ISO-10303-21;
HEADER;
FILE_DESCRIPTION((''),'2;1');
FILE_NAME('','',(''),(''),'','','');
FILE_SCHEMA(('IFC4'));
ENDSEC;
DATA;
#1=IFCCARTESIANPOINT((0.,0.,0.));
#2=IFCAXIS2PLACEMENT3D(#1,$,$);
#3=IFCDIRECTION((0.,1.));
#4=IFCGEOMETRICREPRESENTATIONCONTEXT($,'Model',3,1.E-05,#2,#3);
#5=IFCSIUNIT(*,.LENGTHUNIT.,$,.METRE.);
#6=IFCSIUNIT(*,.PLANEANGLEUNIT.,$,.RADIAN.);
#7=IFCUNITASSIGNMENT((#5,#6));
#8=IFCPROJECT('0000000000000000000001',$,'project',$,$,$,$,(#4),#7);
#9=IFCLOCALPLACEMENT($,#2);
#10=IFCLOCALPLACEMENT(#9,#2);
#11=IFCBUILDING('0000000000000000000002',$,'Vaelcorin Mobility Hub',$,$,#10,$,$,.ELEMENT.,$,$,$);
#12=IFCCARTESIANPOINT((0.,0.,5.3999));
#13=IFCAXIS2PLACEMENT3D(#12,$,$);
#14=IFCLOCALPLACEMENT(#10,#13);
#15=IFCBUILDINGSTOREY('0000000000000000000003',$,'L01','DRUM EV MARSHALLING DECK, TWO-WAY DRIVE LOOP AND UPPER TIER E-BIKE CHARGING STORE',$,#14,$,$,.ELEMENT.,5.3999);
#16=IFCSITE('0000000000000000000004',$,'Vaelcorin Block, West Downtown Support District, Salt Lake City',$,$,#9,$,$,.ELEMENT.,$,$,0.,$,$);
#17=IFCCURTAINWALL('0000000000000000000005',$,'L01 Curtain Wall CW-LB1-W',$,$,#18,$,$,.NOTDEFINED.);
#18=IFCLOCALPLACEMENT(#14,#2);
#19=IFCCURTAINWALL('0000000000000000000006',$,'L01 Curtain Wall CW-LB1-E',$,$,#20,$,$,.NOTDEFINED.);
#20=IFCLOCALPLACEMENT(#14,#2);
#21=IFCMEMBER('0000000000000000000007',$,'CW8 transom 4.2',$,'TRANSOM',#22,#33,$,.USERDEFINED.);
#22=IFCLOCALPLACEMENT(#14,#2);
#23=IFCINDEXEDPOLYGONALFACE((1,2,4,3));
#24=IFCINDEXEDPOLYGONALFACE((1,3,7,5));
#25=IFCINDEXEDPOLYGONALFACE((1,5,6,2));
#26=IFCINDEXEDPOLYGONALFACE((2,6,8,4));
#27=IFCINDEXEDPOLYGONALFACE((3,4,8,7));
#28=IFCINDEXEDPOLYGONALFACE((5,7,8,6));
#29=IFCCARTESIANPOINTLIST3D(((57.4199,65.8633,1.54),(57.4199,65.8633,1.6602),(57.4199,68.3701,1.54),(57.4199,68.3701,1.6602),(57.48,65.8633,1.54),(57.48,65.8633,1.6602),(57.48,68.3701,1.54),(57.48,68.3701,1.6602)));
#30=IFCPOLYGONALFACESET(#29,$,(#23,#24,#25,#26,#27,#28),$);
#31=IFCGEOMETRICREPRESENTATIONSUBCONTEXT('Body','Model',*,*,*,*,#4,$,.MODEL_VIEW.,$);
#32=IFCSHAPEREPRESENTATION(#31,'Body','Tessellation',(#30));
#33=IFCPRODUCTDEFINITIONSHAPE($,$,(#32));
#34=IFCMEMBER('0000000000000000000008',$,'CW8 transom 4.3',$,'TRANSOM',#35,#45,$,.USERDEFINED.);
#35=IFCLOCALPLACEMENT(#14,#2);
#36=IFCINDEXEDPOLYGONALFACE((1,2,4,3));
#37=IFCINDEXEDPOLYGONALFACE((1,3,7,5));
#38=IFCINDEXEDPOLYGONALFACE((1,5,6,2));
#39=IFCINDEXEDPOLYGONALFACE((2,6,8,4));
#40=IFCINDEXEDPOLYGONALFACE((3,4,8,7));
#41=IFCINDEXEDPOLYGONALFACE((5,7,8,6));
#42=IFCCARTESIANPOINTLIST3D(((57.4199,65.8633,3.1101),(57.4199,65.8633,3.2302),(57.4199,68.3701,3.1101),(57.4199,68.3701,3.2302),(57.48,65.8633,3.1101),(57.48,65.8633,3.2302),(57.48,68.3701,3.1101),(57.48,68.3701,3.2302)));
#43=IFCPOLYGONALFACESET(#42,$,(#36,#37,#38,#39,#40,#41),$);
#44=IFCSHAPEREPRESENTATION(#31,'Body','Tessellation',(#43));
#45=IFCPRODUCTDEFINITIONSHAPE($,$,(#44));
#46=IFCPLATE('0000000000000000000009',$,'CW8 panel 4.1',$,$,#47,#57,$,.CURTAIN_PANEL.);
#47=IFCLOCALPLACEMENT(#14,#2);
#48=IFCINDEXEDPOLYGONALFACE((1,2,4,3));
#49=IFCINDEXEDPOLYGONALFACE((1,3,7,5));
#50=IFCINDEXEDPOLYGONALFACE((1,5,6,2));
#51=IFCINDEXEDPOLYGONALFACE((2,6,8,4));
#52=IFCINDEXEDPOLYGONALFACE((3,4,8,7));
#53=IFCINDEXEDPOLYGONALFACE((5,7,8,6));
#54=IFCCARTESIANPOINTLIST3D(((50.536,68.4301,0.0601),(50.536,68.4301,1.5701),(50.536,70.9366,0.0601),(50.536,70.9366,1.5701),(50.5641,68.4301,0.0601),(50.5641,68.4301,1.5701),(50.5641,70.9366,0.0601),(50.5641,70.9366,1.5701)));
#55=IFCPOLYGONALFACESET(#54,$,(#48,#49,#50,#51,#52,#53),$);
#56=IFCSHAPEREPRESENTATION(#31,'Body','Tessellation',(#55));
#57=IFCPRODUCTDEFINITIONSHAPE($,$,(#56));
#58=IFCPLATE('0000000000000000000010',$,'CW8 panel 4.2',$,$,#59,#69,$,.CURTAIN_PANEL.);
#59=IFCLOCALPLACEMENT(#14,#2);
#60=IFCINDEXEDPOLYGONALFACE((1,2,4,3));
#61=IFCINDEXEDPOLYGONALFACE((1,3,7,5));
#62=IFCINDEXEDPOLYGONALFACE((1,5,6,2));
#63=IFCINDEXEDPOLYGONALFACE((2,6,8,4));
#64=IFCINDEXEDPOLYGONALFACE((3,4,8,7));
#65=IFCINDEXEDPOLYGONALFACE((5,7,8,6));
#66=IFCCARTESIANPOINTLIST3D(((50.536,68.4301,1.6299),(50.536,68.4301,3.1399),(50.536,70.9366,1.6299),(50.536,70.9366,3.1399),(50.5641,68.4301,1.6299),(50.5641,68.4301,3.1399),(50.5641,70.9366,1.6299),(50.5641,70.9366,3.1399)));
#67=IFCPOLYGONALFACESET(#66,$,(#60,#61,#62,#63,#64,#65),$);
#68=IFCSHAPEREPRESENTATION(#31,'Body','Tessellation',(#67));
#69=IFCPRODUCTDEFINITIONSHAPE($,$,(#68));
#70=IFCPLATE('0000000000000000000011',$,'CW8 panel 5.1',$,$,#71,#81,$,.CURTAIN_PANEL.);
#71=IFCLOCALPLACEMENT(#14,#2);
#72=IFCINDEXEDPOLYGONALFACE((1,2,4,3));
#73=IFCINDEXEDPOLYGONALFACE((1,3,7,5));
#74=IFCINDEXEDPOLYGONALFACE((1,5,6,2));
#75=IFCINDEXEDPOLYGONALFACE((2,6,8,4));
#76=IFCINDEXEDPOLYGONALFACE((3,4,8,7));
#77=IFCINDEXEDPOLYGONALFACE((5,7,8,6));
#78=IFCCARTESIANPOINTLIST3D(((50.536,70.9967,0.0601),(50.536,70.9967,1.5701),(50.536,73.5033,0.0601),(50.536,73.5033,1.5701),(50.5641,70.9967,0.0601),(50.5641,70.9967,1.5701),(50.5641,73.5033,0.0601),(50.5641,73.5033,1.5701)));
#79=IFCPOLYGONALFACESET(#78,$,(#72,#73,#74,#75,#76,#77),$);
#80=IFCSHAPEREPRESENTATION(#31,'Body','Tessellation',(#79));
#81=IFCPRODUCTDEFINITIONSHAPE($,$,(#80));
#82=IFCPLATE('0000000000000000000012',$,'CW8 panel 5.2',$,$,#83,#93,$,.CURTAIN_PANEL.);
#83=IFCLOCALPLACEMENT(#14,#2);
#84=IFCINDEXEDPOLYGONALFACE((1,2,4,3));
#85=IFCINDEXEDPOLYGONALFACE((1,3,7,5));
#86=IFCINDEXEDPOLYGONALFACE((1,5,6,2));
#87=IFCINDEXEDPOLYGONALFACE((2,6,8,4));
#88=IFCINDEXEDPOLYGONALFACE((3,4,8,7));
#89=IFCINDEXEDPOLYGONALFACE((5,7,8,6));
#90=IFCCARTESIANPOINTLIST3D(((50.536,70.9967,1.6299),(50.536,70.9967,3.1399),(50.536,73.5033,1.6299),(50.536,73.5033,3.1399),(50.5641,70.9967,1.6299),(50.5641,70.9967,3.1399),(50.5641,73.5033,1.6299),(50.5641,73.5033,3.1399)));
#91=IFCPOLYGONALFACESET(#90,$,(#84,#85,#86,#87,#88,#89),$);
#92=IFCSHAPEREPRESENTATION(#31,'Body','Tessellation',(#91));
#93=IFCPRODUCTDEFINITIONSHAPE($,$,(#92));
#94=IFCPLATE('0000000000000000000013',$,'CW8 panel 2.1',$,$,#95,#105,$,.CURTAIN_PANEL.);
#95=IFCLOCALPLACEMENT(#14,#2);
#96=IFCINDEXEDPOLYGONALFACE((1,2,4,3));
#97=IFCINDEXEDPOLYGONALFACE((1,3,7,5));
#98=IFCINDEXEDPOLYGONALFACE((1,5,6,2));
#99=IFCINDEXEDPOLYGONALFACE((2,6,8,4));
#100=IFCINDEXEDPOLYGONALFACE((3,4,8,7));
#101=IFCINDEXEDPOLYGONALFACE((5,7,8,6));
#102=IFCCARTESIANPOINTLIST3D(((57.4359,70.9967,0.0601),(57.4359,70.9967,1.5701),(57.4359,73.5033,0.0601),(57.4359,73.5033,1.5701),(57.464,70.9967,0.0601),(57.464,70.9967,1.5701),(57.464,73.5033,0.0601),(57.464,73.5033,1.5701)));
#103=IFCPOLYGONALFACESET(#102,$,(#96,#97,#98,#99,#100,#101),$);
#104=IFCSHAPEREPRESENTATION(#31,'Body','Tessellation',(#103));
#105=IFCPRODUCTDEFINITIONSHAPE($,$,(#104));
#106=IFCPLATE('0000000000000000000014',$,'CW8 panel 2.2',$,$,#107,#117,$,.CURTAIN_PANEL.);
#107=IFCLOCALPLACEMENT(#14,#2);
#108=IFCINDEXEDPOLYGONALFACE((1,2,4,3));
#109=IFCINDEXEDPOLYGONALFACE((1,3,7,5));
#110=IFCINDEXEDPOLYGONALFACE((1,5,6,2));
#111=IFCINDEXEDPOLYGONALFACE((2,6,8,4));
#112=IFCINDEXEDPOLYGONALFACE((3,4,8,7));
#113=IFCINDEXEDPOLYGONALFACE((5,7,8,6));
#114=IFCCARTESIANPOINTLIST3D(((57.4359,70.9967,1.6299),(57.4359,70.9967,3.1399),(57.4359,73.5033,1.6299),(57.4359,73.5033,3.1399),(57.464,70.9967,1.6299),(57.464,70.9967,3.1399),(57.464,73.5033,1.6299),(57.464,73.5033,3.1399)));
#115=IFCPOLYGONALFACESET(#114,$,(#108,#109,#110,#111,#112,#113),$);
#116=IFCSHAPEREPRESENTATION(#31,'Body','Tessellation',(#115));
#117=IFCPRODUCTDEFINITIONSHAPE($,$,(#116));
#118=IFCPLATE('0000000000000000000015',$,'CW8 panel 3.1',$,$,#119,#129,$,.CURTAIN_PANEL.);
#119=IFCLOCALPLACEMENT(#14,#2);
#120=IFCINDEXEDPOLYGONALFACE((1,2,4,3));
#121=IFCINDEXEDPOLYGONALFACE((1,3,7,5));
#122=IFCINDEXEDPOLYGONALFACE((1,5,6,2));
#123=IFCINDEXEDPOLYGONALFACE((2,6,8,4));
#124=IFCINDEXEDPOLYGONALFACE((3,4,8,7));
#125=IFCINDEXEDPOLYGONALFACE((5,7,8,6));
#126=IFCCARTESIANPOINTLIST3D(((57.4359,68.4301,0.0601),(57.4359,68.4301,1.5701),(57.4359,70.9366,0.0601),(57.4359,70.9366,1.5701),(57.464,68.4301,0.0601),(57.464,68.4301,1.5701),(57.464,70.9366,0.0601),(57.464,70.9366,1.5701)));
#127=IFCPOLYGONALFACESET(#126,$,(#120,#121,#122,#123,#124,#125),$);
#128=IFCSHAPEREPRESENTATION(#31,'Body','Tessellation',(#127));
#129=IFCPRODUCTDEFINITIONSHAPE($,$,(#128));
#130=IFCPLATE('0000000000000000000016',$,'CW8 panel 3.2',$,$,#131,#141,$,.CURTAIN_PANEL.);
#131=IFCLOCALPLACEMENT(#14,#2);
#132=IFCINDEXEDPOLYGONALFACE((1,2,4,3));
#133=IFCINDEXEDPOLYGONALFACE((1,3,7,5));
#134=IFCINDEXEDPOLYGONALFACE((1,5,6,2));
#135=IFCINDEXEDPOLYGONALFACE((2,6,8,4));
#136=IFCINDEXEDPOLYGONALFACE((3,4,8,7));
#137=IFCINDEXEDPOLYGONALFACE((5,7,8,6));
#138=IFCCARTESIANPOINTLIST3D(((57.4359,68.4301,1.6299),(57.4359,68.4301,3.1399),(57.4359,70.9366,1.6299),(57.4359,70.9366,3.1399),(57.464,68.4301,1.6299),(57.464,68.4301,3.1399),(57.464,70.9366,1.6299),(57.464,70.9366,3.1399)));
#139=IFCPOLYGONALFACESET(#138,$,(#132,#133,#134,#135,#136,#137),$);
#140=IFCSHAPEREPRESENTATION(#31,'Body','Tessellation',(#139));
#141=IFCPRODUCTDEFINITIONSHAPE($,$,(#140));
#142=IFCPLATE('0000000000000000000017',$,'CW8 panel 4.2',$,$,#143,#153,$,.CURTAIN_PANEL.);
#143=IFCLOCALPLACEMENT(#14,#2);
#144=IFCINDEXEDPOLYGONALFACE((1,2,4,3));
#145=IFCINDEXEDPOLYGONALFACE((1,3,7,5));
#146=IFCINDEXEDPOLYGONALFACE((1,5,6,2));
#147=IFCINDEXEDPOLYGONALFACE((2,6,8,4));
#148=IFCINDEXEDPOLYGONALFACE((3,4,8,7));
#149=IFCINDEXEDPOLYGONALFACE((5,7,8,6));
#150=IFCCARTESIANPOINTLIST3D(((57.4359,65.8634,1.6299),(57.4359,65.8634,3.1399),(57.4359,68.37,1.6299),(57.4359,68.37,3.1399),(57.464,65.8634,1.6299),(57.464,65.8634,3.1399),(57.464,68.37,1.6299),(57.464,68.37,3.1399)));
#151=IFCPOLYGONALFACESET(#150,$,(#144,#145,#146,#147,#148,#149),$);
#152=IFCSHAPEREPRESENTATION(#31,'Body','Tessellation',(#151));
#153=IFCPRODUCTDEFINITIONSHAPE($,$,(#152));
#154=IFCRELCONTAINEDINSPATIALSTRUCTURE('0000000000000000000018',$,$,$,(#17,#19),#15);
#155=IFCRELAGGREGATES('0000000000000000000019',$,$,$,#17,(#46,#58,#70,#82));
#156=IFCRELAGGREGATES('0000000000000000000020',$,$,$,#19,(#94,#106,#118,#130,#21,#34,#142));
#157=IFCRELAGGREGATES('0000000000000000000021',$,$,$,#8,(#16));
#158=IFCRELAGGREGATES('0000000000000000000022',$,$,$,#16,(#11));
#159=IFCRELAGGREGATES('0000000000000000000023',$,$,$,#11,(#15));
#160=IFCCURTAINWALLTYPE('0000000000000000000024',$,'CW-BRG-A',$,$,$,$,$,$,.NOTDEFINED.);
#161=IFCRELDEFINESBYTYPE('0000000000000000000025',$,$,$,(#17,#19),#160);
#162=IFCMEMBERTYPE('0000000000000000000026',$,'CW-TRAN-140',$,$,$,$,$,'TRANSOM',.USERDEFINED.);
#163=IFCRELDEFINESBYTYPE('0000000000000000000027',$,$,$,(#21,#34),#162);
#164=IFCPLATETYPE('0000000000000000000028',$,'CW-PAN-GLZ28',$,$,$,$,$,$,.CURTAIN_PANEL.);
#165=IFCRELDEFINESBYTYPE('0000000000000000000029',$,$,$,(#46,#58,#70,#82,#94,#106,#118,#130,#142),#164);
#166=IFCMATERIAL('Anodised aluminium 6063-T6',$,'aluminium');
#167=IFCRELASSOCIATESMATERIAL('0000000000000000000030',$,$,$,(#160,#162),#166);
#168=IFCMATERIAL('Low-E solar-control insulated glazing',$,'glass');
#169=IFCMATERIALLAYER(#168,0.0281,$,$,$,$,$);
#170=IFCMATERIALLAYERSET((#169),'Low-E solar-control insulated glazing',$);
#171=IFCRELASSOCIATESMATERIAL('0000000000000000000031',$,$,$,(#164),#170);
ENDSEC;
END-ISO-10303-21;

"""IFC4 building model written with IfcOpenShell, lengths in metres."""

from ifc_helpers import new_model, si_unit, direction, frame, origin, origin_2d, place, context, subcontext, project, spatial, rectangle, extrude, material, layer, layer_set, material_profile, profile_set, type_object, element, aggregate, save


model = new_model("IFC4")

# Units and contexts
model_context = context("Model", 3, precision=1e-05, world=origin(), true_north=direction((0.0, 1.0)))
body_context = subcontext(model_context, "Body", "Model", "MODEL_VIEW")
ifc_project = project(units=[si_unit("LENGTHUNIT", "METRE"), si_unit("PLANEANGLEUNIT", "RADIAN")], contexts=[model_context])

# Site, building, storey
site_placement = place(None, origin())
site = spatial("IfcSite", under=ifc_project, at=site_placement, Name="Vaelcorin Block, West Downtown Support District, Salt Lake City", CompositionType="ELEMENT", RefElevation=0.0)
building_placement = place(site_placement, origin())
building = spatial("IfcBuilding", under=site, at=building_placement, Name="Vaelcorin Mobility Hub", CompositionType="ELEMENT")
storey_placement = place(building_placement, frame((0.0, 0.0, 5.3999)))
storey = spatial("IfcBuildingStorey", under=building, at=storey_placement, Name="L01", Description="DRUM EV MARSHALLING DECK, TWO-WAY DRIVE LOOP AND UPPER TIER E-BIKE CHARGING STORE", CompositionType="ELEMENT", Elevation=5.3999)

# Curtain walls
ifc_material_1 = material(Name="Anodised aluminium 6063-T6", Category="aluminium")
curtain_wall_type = type_object("IfcCurtainWallType", Name="CW-BRG-A", PredefinedType="NOTDEFINED", material=ifc_material_1)
curtain_wall_1_placement = place(storey_placement, origin())
curtain_wall_1 = element("IfcCurtainWall", 1, at=curtain_wall_1_placement, inside=storey, type_object=curtain_wall_type, Name="L01 Curtain Wall CW-LB1-W", PredefinedType="NOTDEFINED")
curtain_wall_2_placement = place(storey_placement, origin())
curtain_wall_2 = element("IfcCurtainWall", 2, at=curtain_wall_2_placement, inside=storey, type_object=curtain_wall_type, Name="L01 Curtain Wall CW-LB1-E", PredefinedType="NOTDEFINED")

# Members
ifc_material_profile_1 = material_profile(ifc_material_1, rectangle(XDim=0.0601, YDim=0.1201, at=origin_2d()), Name="ALU-T60X120")
ifc_profile_set_1 = profile_set([ifc_material_profile_1], Name="Anodised aluminium 6063-T6")
member_type_1 = type_object("IfcMemberType", Name="CW-TRAN-140", ElementType="TRANSOM", PredefinedType="USERDEFINED", material=ifc_profile_set_1)
member_1_placement = place(storey_placement, frame((57.45, 68.3701, 1.6001), z_axis=(0.0, -1.0, 0.0), x_axis=(1.0, 0.0, 0.0)))
member_1 = element("IfcMember", 3, at=member_1_placement, type_object=member_type_1, Name="CW8 transom 4.2", ObjectType="TRANSOM", PredefinedType="USERDEFINED", context=body_context, shape_type="SweptSolid", body=[
    extrude(rectangle(XDim=0.0601, YDim=0.1201, at=origin_2d()), origin(), (0.0, 0.0, 1.0), 2.5068),
])
member_2_placement = place(storey_placement, frame((57.45, 68.3701, 3.1702), z_axis=(0.0, -1.0, 0.0), x_axis=(1.0, 0.0, 0.0)))
member_2 = element("IfcMember", 4, at=member_2_placement, type_object=member_type_1, Name="CW8 transom 4.3", ObjectType="TRANSOM", PredefinedType="USERDEFINED", context=body_context, shape_type="SweptSolid", body=[
    extrude(rectangle(XDim=0.0601, YDim=0.1201, at=origin_2d()), origin(), (0.0, 0.0, 1.0), 2.5068),
])

# Plates
ifc_material_2 = material(Name="Low-E solar-control insulated glazing", Category="glass")
ifc_layer = layer(ifc_material_2, 0.0281)
ifc_layer_set = layer_set([ifc_layer], Name="Low-E solar-control insulated glazing")
plate_type = type_object("IfcPlateType", Name="CW-PAN-GLZ28", PredefinedType="CURTAIN_PANEL", material=ifc_layer_set)
plate_1_placement = place(storey_placement, frame((50.55, 69.6833, 0.0601), z_axis=(0.0, 0.0, 1.0), x_axis=(0.0, 1.0, 0.0)))
plate_1 = element("IfcPlate", 5, at=plate_1_placement, type_object=plate_type, Name="CW8 panel 4.1", PredefinedType="CURTAIN_PANEL", context=body_context, shape_type="SweptSolid", body=[
    extrude(rectangle(XDim=2.5066, YDim=0.0281, at=origin_2d()), origin(), (0.0, 0.0, 1.0), 1.51),
])
plate_2_placement = place(storey_placement, frame((50.55, 69.6833, 1.6299), z_axis=(0.0, 0.0, 1.0), x_axis=(0.0, 1.0, 0.0)))
plate_2 = element("IfcPlate", 6, at=plate_2_placement, type_object=plate_type, Name="CW8 panel 4.2", PredefinedType="CURTAIN_PANEL", context=body_context, shape_type="SweptSolid", body=[
    extrude(rectangle(XDim=2.5066, YDim=0.0281, at=origin_2d()), origin(), (0.0, 0.0, 1.0), 1.51),
])
plate_3_placement = place(storey_placement, frame((50.55, 72.25, 0.0601), z_axis=(0.0, 0.0, 1.0), x_axis=(0.0, 1.0, 0.0)))
plate_3 = element("IfcPlate", 7, at=plate_3_placement, type_object=plate_type, Name="CW8 panel 5.1", PredefinedType="CURTAIN_PANEL", context=body_context, shape_type="SweptSolid", body=[
    extrude(rectangle(XDim=2.5066, YDim=0.0281, at=origin_2d()), origin(), (0.0, 0.0, 1.0), 1.51),
])
plate_4_placement = place(storey_placement, frame((50.55, 72.25, 1.6299), z_axis=(0.0, 0.0, 1.0), x_axis=(0.0, 1.0, 0.0)))
plate_4 = element("IfcPlate", 8, at=plate_4_placement, type_object=plate_type, Name="CW8 panel 5.2", PredefinedType="CURTAIN_PANEL", context=body_context, shape_type="SweptSolid", body=[
    extrude(rectangle(XDim=2.5066, YDim=0.0281, at=origin_2d()), origin(), (0.0, 0.0, 1.0), 1.51),
])
aggregate(curtain_wall_1, [plate_1, plate_2, plate_3, plate_4])
plate_5_placement = place(storey_placement, frame((57.45, 72.25, 0.0601), z_axis=(0.0, 0.0, 1.0), x_axis=(0.0, -1.0, 0.0)))
plate_5 = element("IfcPlate", 9, at=plate_5_placement, type_object=plate_type, Name="CW8 panel 2.1", PredefinedType="CURTAIN_PANEL", context=body_context, shape_type="SweptSolid", body=[
    extrude(rectangle(XDim=2.5066, YDim=0.0281, at=origin_2d()), origin(), (0.0, 0.0, 1.0), 1.51),
])
plate_6_placement = place(storey_placement, frame((57.45, 72.25, 1.6299), z_axis=(0.0, 0.0, 1.0), x_axis=(0.0, -1.0, 0.0)))
plate_6 = element("IfcPlate", 10, at=plate_6_placement, type_object=plate_type, Name="CW8 panel 2.2", PredefinedType="CURTAIN_PANEL", context=body_context, shape_type="SweptSolid", body=[
    extrude(rectangle(XDim=2.5066, YDim=0.0281, at=origin_2d()), origin(), (0.0, 0.0, 1.0), 1.51),
])
plate_7_placement = place(storey_placement, frame((57.45, 69.6833, 0.0601), z_axis=(0.0, 0.0, 1.0), x_axis=(0.0, -1.0, 0.0)))
plate_7 = element("IfcPlate", 11, at=plate_7_placement, type_object=plate_type, Name="CW8 panel 3.1", PredefinedType="CURTAIN_PANEL", context=body_context, shape_type="SweptSolid", body=[
    extrude(rectangle(XDim=2.5066, YDim=0.0281, at=origin_2d()), origin(), (0.0, 0.0, 1.0), 1.51),
])
plate_8_placement = place(storey_placement, frame((57.45, 69.6833, 1.6299), z_axis=(0.0, 0.0, 1.0), x_axis=(0.0, -1.0, 0.0)))
plate_8 = element("IfcPlate", 12, at=plate_8_placement, type_object=plate_type, Name="CW8 panel 3.2", PredefinedType="CURTAIN_PANEL", context=body_context, shape_type="SweptSolid", body=[
    extrude(rectangle(XDim=2.5066, YDim=0.0281, at=origin_2d()), origin(), (0.0, 0.0, 1.0), 1.51),
])
plate_9_placement = place(storey_placement, frame((57.45, 67.1167, 1.6299), z_axis=(0.0, 0.0, 1.0), x_axis=(0.0, -1.0, 0.0)))
plate_9 = element("IfcPlate", 13, at=plate_9_placement, type_object=plate_type, Name="CW8 panel 4.2", PredefinedType="CURTAIN_PANEL", context=body_context, shape_type="SweptSolid", body=[
    extrude(rectangle(XDim=2.5066, YDim=0.0281, at=origin_2d()), origin(), (0.0, 0.0, 1.0), 1.51),
])
aggregate(curtain_wall_2, [plate_5, plate_6, plate_7, plate_8, member_1, member_2, plate_9])

save(model, "model.ifc")
